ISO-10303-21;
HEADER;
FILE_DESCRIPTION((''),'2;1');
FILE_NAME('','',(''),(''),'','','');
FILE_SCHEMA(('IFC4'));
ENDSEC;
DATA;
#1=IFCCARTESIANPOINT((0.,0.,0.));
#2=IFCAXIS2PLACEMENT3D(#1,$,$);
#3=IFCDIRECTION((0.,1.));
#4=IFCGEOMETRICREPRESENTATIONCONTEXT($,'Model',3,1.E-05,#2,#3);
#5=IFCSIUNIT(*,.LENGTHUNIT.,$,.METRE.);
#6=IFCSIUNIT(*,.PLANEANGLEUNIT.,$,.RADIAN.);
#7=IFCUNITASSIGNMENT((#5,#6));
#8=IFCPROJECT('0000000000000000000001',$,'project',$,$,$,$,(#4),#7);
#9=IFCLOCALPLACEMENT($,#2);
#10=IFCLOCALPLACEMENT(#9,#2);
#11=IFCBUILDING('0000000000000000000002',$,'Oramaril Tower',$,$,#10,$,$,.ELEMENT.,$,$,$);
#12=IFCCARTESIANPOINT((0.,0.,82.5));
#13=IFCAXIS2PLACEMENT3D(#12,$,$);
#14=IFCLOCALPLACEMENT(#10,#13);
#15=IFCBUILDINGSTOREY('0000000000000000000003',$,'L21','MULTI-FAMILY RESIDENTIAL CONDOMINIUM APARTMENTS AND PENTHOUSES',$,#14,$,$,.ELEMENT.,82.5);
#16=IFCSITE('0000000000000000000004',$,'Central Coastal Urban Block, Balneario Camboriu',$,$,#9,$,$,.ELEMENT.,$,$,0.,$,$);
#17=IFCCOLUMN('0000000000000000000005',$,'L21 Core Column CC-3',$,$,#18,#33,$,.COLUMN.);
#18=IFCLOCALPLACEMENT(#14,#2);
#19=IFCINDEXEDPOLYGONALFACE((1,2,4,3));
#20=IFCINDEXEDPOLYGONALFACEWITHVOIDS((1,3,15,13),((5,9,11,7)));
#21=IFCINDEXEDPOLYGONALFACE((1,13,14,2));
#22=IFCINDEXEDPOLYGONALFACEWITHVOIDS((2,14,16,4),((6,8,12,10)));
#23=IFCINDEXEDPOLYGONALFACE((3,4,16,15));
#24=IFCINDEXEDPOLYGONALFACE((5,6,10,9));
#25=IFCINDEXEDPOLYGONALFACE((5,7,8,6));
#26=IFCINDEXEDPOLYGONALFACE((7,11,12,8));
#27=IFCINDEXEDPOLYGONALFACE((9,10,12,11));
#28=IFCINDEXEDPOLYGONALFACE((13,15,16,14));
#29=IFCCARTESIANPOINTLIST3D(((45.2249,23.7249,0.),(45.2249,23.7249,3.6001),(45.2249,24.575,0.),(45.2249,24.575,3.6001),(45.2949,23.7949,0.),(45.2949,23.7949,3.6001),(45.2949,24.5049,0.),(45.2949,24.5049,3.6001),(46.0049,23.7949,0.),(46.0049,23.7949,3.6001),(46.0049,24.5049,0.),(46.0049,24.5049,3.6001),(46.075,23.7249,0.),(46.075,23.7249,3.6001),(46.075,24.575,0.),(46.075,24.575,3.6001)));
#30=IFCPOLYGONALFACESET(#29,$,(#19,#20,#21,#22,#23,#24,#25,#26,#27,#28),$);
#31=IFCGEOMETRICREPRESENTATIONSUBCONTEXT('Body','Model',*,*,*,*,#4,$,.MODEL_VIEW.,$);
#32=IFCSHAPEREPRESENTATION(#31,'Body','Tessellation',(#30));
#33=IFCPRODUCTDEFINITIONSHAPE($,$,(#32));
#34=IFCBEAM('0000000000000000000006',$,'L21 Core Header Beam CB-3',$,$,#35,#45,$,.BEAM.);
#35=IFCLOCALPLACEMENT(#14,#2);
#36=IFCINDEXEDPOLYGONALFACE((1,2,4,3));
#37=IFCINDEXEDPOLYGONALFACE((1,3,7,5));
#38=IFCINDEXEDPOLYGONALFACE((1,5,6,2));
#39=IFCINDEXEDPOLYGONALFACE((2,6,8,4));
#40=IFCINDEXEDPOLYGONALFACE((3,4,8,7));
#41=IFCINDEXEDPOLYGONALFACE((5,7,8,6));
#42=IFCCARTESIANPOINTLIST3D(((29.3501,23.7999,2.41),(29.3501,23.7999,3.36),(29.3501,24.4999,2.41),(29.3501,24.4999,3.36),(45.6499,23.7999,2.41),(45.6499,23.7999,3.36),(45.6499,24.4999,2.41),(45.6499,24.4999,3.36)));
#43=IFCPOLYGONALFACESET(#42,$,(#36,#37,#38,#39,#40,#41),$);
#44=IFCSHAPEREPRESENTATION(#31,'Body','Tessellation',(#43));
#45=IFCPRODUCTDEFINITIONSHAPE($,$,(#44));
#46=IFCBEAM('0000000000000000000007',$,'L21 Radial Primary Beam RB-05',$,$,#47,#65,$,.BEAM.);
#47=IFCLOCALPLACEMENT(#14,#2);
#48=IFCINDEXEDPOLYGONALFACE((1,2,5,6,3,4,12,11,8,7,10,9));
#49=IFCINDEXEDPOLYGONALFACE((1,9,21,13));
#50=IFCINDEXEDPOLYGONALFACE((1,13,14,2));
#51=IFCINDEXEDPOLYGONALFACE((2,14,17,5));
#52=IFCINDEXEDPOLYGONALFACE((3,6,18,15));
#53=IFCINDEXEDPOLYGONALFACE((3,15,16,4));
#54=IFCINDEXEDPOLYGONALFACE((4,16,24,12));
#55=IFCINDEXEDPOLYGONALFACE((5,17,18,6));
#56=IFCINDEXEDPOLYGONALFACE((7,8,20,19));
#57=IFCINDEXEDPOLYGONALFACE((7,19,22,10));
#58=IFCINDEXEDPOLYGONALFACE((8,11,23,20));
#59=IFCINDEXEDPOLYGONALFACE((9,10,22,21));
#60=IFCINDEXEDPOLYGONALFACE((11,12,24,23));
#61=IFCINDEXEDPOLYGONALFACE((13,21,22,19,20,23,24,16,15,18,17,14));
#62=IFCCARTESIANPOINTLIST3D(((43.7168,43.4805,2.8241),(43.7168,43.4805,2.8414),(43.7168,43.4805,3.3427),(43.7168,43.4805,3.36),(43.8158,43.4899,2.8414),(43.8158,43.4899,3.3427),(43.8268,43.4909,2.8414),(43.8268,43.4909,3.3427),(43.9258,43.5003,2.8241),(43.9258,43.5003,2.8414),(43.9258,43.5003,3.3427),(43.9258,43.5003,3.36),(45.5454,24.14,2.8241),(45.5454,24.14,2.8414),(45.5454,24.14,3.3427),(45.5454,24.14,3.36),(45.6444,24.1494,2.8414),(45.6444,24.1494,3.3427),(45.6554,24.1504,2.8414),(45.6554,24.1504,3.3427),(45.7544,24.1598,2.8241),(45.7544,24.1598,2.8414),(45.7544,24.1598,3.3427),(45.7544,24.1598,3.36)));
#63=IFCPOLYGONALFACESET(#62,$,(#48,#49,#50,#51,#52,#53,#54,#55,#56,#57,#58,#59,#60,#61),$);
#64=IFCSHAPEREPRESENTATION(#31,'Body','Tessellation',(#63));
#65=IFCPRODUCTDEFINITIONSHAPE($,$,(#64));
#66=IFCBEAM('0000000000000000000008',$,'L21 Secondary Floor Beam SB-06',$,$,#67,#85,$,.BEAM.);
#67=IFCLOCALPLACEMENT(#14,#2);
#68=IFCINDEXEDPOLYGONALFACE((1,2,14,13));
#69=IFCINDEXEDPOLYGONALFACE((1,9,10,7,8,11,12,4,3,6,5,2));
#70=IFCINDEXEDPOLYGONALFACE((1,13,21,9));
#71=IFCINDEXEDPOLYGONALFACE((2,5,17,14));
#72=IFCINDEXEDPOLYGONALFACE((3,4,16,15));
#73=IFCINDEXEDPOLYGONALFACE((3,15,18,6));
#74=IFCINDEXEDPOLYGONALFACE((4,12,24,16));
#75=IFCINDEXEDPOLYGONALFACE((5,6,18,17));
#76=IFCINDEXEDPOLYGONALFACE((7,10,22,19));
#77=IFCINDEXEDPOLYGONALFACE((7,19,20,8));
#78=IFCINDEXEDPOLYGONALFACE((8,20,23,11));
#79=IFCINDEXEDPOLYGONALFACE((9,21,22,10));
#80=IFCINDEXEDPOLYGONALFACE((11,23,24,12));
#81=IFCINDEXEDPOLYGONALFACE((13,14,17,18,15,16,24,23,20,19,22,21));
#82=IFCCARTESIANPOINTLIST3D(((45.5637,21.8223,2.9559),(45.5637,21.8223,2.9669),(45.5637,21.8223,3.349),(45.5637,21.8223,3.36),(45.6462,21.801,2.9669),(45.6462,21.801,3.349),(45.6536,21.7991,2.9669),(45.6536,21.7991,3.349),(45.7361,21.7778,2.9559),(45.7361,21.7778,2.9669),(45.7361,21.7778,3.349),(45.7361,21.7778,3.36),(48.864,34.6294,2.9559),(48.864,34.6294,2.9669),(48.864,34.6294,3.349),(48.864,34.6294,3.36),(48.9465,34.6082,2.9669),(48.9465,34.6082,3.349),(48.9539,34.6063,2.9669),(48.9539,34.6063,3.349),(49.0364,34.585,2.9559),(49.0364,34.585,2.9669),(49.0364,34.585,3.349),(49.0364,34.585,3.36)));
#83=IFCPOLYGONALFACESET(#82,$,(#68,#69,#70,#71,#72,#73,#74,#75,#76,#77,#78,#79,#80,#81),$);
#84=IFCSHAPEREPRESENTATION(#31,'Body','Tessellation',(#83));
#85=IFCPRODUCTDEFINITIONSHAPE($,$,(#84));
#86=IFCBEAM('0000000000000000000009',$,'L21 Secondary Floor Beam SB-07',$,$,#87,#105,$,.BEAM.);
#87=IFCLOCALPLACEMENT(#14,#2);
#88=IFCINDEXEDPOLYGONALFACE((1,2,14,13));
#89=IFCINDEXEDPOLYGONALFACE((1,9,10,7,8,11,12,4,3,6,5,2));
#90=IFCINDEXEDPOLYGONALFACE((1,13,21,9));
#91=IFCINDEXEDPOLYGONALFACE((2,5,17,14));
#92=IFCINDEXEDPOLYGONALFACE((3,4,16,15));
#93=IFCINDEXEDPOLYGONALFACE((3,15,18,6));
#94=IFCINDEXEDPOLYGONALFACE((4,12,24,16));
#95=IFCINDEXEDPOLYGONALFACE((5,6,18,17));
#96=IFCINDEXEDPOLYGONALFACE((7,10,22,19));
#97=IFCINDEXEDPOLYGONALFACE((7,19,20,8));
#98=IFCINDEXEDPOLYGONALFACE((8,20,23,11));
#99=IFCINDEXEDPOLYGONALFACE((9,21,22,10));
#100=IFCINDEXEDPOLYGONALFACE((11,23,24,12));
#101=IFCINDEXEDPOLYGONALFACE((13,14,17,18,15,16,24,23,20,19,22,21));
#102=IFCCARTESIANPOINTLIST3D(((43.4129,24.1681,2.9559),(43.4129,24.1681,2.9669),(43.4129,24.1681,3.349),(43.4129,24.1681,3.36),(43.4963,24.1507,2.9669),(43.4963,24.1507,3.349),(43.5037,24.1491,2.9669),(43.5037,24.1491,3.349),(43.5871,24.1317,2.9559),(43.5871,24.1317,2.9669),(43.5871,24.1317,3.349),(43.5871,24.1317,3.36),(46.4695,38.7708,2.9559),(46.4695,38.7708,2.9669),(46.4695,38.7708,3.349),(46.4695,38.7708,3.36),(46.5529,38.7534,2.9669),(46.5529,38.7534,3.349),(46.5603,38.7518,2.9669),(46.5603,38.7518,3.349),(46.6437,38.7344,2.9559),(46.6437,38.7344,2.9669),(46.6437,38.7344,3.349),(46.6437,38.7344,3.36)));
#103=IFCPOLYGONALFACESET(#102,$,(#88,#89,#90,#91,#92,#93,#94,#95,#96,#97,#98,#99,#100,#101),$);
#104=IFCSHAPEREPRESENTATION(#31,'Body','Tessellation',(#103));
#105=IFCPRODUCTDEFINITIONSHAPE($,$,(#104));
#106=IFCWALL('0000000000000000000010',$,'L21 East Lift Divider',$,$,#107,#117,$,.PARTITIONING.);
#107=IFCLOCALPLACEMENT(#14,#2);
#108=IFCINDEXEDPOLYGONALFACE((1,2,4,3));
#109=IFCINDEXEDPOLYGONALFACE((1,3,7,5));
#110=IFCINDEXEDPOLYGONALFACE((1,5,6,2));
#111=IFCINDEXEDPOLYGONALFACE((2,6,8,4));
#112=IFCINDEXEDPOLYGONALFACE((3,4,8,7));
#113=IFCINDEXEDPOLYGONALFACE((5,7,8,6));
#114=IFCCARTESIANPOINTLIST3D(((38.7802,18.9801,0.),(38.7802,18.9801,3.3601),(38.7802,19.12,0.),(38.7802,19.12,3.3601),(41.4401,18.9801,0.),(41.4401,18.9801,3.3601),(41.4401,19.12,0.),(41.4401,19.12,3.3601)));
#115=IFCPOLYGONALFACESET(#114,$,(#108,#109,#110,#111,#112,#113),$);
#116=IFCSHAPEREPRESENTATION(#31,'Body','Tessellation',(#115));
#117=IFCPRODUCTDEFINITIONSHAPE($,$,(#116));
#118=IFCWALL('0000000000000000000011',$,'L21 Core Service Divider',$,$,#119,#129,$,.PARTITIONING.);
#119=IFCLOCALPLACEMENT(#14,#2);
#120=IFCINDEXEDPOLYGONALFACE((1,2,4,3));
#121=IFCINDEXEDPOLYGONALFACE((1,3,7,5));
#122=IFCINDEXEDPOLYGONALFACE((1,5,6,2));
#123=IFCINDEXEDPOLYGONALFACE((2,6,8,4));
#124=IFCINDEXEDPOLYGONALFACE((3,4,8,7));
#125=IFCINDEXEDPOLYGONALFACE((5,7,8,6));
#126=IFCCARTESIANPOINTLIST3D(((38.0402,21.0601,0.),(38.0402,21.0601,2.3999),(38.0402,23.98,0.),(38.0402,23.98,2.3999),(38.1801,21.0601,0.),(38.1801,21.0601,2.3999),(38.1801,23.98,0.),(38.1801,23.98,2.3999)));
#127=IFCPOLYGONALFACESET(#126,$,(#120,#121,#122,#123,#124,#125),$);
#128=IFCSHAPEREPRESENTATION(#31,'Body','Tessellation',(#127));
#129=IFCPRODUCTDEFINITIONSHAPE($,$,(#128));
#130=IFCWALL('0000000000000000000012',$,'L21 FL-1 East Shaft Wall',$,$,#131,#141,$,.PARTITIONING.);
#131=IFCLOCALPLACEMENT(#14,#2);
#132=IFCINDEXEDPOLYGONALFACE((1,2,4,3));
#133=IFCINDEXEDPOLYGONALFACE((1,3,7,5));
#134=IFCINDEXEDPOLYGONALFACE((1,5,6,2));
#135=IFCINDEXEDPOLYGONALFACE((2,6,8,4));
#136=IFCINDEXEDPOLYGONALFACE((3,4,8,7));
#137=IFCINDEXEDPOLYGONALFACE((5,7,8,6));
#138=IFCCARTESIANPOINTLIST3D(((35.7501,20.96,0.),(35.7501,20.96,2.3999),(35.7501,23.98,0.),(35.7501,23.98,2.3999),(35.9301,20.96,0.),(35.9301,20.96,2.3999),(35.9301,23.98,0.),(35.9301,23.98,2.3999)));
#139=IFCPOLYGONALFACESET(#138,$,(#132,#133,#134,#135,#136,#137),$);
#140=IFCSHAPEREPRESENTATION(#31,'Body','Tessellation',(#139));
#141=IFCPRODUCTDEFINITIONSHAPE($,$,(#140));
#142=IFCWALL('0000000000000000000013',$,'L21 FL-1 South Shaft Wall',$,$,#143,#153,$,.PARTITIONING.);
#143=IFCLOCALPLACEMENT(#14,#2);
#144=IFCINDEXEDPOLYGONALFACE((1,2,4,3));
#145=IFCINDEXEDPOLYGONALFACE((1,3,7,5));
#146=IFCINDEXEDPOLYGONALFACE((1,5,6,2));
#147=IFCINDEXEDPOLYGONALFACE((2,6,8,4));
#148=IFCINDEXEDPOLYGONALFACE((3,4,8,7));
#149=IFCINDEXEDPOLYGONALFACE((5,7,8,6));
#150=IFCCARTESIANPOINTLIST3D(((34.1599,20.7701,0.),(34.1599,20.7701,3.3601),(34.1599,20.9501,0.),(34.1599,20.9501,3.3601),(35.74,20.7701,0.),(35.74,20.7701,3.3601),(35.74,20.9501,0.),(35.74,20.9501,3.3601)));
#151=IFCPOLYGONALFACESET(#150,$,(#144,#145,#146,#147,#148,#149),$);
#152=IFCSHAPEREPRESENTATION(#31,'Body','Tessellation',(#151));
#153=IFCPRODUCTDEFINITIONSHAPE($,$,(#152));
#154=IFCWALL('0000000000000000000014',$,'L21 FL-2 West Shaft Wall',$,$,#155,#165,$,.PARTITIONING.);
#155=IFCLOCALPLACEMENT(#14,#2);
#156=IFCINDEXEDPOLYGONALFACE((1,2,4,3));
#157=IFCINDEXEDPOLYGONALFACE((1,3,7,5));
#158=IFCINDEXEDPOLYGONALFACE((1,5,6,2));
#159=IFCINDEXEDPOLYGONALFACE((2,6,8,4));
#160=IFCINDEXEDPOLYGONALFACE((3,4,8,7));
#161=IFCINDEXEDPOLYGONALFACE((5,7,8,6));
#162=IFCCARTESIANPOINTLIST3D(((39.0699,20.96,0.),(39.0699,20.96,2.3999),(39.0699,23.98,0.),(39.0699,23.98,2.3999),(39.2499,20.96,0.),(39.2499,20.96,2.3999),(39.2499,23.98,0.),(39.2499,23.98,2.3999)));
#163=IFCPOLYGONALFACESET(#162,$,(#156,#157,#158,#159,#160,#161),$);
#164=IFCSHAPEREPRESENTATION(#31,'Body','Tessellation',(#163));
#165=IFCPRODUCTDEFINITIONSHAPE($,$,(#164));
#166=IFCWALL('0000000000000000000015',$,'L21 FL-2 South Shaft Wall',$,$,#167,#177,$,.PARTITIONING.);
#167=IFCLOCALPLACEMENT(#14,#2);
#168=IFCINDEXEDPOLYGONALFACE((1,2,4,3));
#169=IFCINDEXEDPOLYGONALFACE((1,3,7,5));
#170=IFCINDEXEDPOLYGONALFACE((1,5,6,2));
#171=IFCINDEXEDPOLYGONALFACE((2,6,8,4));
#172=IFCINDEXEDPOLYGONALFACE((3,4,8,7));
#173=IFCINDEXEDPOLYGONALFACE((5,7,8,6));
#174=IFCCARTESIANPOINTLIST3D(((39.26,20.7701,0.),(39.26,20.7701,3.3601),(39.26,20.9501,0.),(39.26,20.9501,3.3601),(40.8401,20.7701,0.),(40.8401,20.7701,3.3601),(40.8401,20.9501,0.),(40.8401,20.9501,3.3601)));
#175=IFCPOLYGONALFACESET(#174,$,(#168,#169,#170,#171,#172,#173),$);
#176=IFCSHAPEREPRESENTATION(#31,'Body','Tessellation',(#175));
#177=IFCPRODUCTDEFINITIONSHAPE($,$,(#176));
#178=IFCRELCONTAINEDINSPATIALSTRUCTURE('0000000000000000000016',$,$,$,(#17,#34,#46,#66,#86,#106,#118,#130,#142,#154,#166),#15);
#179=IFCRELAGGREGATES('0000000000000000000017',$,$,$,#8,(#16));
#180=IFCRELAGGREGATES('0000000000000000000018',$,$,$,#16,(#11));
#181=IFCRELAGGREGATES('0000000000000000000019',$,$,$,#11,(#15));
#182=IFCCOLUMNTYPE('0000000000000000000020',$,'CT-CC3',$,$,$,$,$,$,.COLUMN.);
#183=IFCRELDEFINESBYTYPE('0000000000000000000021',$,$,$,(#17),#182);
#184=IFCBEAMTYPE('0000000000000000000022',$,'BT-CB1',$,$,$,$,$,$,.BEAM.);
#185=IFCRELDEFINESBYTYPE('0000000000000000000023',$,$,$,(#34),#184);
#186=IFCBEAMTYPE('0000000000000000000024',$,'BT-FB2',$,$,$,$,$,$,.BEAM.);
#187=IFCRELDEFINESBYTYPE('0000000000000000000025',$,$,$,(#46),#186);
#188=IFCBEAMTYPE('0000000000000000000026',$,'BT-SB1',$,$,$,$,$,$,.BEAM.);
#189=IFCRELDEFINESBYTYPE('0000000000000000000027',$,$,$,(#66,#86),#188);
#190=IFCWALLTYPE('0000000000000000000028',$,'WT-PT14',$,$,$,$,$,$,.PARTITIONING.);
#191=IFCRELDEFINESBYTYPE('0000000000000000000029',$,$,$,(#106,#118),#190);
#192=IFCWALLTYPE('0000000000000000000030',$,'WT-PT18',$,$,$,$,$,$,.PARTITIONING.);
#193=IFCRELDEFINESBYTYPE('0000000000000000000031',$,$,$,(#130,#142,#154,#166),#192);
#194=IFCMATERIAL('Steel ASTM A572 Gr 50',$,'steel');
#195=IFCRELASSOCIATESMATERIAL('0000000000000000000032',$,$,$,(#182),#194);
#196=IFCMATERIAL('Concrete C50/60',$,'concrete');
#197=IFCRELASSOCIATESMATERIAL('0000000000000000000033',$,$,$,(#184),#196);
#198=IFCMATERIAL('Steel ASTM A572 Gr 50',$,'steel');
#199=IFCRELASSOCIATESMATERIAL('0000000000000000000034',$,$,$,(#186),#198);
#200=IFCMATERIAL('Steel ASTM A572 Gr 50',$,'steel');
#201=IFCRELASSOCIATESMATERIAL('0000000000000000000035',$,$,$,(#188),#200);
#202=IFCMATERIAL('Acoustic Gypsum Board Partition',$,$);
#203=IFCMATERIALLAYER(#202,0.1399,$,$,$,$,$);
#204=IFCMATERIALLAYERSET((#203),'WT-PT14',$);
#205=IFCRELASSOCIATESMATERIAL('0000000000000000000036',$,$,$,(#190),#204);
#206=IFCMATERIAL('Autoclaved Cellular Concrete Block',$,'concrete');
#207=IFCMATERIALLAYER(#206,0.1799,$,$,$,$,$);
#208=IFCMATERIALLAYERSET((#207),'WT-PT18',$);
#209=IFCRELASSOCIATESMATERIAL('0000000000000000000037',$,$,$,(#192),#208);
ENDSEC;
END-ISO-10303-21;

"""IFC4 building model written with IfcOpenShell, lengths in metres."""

from ifc_helpers import new_model, si_unit, direction, frame, frame_2d, origin, origin_2d, place, context, subcontext, project, spatial, rectangle, hollow_rectangle, i_section, extrude, material, layer, layer_set, material_profile, profile_set, type_object, element, save


model = new_model("IFC4")

# Units and contexts
model_context = context("Model", 3, precision=1e-05, world=origin(), true_north=direction((0.0, 1.0)))
body_context = subcontext(model_context, "Body", "Model", "MODEL_VIEW")
ifc_project = project(units=[si_unit("LENGTHUNIT", "METRE"), si_unit("PLANEANGLEUNIT", "RADIAN")], contexts=[model_context])

# Site, building, storey
site_placement = place(None, origin())
site = spatial("IfcSite", under=ifc_project, at=site_placement, Name="Central Coastal Urban Block, Balneario Camboriu", CompositionType="ELEMENT", RefElevation=0.0)
building_placement = place(site_placement, origin())
building = spatial("IfcBuilding", under=site, at=building_placement, Name="Oramaril Tower", CompositionType="ELEMENT")
storey_placement = place(building_placement, frame((0.0, 0.0, 82.5)))
storey = spatial("IfcBuildingStorey", under=building, at=storey_placement, Name="L21", Description="MULTI-FAMILY RESIDENTIAL CONDOMINIUM APARTMENTS AND PENTHOUSES", CompositionType="ELEMENT", Elevation=82.5)

# Column
ifc_material_1 = material(Name="Steel ASTM A572 Gr 50", Category="steel")
ifc_material_profile_1 = material_profile(ifc_material_1, hollow_rectangle(XDim=0.8501, YDim=0.8501, WallThickness=0.0701, at=origin_2d()), Name="BOX850X850X70")
ifc_profile_set_1 = profile_set([ifc_material_profile_1], Name="Steel ASTM A572 Gr 50")
column_type = type_object("IfcColumnType", Name="CT-CC3", PredefinedType="COLUMN", material=ifc_profile_set_1)
column_placement = place(storey_placement, frame((45.6499, 24.1499, 0.0), z_axis=(0.0, 0.0, 1.0), x_axis=(1.0, 0.0, 0.0)))
element("IfcColumn", 1, at=column_placement, inside=storey, type_object=column_type, Name="L21 Core Column CC-3", PredefinedType="COLUMN", context=body_context, shape_type="SweptSolid", body=[
    extrude(hollow_rectangle(XDim=0.8501, YDim=0.8501, WallThickness=0.0701, at=origin_2d()), origin(), (0.0, 0.0, 1.0), 3.6001),
])

# Beams
ifc_material_2 = material(Name="Concrete C50/60", Category="concrete")
ifc_material_profile_2 = material_profile(ifc_material_2, rectangle(XDim=0.7, YDim=0.95, at=origin_2d()), Name="CB700X950")
ifc_profile_set_2 = profile_set([ifc_material_profile_2], Name="Concrete C50/60")
beam_type_1 = type_object("IfcBeamType", Name="BT-CB1", PredefinedType="BEAM", material=ifc_profile_set_2)
beam_1_placement = place(storey_placement, frame((45.6499, 24.1499, 2.885), z_axis=(-1.0, 0.0, 0.0), x_axis=(0.0, -1.0, 0.0)))
element("IfcBeam", 2, at=beam_1_placement, inside=storey, type_object=beam_type_1, Name="L21 Core Header Beam CB-3", PredefinedType="BEAM", context=body_context, shape_type="SweptSolid", body=[
    extrude(rectangle(XDim=0.7, YDim=0.95, at=origin_2d()), origin(), (0.0, 0.0, 1.0), 16.2998),
])
ifc_material_3 = material(Name="Steel ASTM A572 Gr 50", Category="steel")
ifc_material_profile_3 = material_profile(ifc_material_3, i_section(OverallWidth=0.21, OverallDepth=0.5359, WebThickness=0.011, FlangeThickness=0.0173, at=origin_2d()), Name="W21X68")
ifc_profile_set_3 = profile_set([ifc_material_profile_3], Name="Steel ASTM A572 Gr 50")
beam_type_2 = type_object("IfcBeamType", Name="BT-FB2", PredefinedType="BEAM", material=ifc_profile_set_3)
beam_2_placement = place(storey_placement, frame((45.6499, 24.1499, 3.092), z_axis=(-0.094128, 0.99556, 0.0), x_axis=(-0.99556, -0.094128, 0.0)))
element("IfcBeam", 3, at=beam_2_placement, inside=storey, type_object=beam_type_2, Name="L21 Radial Primary Beam RB-05", PredefinedType="BEAM", context=body_context, shape_type="SweptSolid", body=[
    extrude(i_section(OverallWidth=0.21, OverallDepth=0.5359, WebThickness=0.011, FlangeThickness=0.0173, at=origin_2d()), origin(), (0.0, 0.0, 1.0), 19.4268),
])
ifc_material_4 = material(Name="Steel ASTM A572 Gr 50", Category="steel")
ifc_material_profile_4 = material_profile(ifc_material_4, i_section(OverallWidth=0.178, OverallDepth=0.4041, WebThickness=0.0076, FlangeThickness=0.011, at=origin_2d()), Name="W16X36")
ifc_profile_set_4 = profile_set([ifc_material_profile_4], Name="Steel ASTM A572 Gr 50")
beam_type_3 = type_object("IfcBeamType", Name="BT-SB1", PredefinedType="BEAM", material=ifc_profile_set_4)
beam_3_placement = place(storey_placement, frame((45.6499, 21.8, 3.158), z_axis=(0.24954, 0.968365, 0.0), x_axis=(-0.968365, 0.24954, 0.0)))
element("IfcBeam", 4, at=beam_3_placement, inside=storey, type_object=beam_type_3, Name="L21 Secondary Floor Beam SB-06", PredefinedType="BEAM", context=body_context, shape_type="SweptSolid", body=[
    extrude(i_section(OverallWidth=0.178, OverallDepth=0.4041, WebThickness=0.0076, FlangeThickness=0.011, at=origin_2d()), origin(), (0.0, 0.0, 1.0), 13.2256),
])
beam_4_placement = place(storey_placement, frame((43.5, 24.1499, 3.158), z_axis=(0.204879, 0.978787, 0.0), x_axis=(-0.978787, 0.204879, 0.0)))
element("IfcBeam", 5, at=beam_4_placement, inside=storey, type_object=beam_type_3, Name="L21 Secondary Floor Beam SB-07", PredefinedType="BEAM", context=body_context, shape_type="SweptSolid", body=[
    extrude(i_section(OverallWidth=0.178, OverallDepth=0.4041, WebThickness=0.0076, FlangeThickness=0.011, at=origin_2d()), origin(), (0.0, 0.0, 1.0), 14.9192),
])

# Walls
ifc_material_5 = material(Name="Acoustic Gypsum Board Partition")
ifc_layer_1 = layer(ifc_material_5, 0.1399)
ifc_layer_set_1 = layer_set([ifc_layer_1], Name="WT-PT14")
wall_type_1 = type_object("IfcWallType", Name="WT-PT14", PredefinedType="PARTITIONING", material=ifc_layer_set_1)
wall_1_placement = place(storey_placement, frame((38.78, 19.05, 0.0), z_axis=(0.0, 0.0, 1.0), x_axis=(1.0, 0.0, 0.0)))
element("IfcWall", 6, at=wall_1_placement, inside=storey, type_object=wall_type_1, Name="L21 East Lift Divider", PredefinedType="PARTITIONING", context=body_context, shape_type="SweptSolid", body=[
    extrude(rectangle(XDim=2.6599, YDim=0.1399, at=frame_2d((1.3301, 0.0))), origin(), (0.0, 0.0, 1.0), 3.3601),
])
wall_2_placement = place(storey_placement, frame((38.1101, 21.0601, 0.0), z_axis=(0.0, 0.0, 1.0), x_axis=(0.0, 1.0, 0.0)))
element("IfcWall", 7, at=wall_2_placement, inside=storey, type_object=wall_type_1, Name="L21 Core Service Divider", PredefinedType="PARTITIONING", context=body_context, shape_type="SweptSolid", body=[
    extrude(rectangle(XDim=2.9199, YDim=0.1399, at=frame_2d((1.46, 0.0))), origin(), (0.0, 0.0, 1.0), 2.3999),
])

# Walls
ifc_material_6 = material(Name="Autoclaved Cellular Concrete Block", Category="concrete")
ifc_layer_2 = layer(ifc_material_6, 0.1799)
ifc_layer_set_2 = layer_set([ifc_layer_2], Name="WT-PT18")
wall_type_2 = type_object("IfcWallType", Name="WT-PT18", PredefinedType="PARTITIONING", material=ifc_layer_set_2)
wall_3_placement = place(storey_placement, frame((35.8401, 20.96, 0.0), z_axis=(0.0, 0.0, 1.0), x_axis=(0.0, 1.0, 0.0)))
element("IfcWall", 8, at=wall_3_placement, inside=storey, type_object=wall_type_2, Name="L21 FL-1 East Shaft Wall", PredefinedType="PARTITIONING", context=body_context, shape_type="SweptSolid", body=[
    extrude(rectangle(XDim=3.02, YDim=0.1799, at=frame_2d((1.51, 0.0))), origin(), (0.0, 0.0, 1.0), 2.3999),
])
wall_4_placement = place(storey_placement, frame((34.1599, 20.8601, 0.0), z_axis=(0.0, 0.0, 1.0), x_axis=(1.0, 0.0, 0.0)))
element("IfcWall", 9, at=wall_4_placement, inside=storey, type_object=wall_type_2, Name="L21 FL-1 South Shaft Wall", PredefinedType="PARTITIONING", context=body_context, shape_type="SweptSolid", body=[
    extrude(rectangle(XDim=1.5801, YDim=0.1799, at=frame_2d((0.79, 0.0))), origin(), (0.0, 0.0, 1.0), 3.3601),
])
wall_5_placement = place(storey_placement, frame((39.1599, 20.96, 0.0), z_axis=(0.0, 0.0, 1.0), x_axis=(0.0, 1.0, 0.0)))
element("IfcWall", 10, at=wall_5_placement, inside=storey, type_object=wall_type_2, Name="L21 FL-2 West Shaft Wall", PredefinedType="PARTITIONING", context=body_context, shape_type="SweptSolid", body=[
    extrude(rectangle(XDim=3.02, YDim=0.1799, at=frame_2d((1.51, 0.0))), origin(), (0.0, 0.0, 1.0), 2.3999),
])
wall_6_placement = place(storey_placement, frame((39.26, 20.8601, 0.0), z_axis=(0.0, 0.0, 1.0), x_axis=(1.0, 0.0, 0.0)))
element("IfcWall", 11, at=wall_6_placement, inside=storey, type_object=wall_type_2, Name="L21 FL-2 South Shaft Wall", PredefinedType="PARTITIONING", context=body_context, shape_type="SweptSolid", body=[
    extrude(rectangle(XDim=1.5801, YDim=0.1799, at=frame_2d((0.79, 0.0))), origin(), (0.0, 0.0, 1.0), 3.3601),
])

save(model, "model.ifc")
